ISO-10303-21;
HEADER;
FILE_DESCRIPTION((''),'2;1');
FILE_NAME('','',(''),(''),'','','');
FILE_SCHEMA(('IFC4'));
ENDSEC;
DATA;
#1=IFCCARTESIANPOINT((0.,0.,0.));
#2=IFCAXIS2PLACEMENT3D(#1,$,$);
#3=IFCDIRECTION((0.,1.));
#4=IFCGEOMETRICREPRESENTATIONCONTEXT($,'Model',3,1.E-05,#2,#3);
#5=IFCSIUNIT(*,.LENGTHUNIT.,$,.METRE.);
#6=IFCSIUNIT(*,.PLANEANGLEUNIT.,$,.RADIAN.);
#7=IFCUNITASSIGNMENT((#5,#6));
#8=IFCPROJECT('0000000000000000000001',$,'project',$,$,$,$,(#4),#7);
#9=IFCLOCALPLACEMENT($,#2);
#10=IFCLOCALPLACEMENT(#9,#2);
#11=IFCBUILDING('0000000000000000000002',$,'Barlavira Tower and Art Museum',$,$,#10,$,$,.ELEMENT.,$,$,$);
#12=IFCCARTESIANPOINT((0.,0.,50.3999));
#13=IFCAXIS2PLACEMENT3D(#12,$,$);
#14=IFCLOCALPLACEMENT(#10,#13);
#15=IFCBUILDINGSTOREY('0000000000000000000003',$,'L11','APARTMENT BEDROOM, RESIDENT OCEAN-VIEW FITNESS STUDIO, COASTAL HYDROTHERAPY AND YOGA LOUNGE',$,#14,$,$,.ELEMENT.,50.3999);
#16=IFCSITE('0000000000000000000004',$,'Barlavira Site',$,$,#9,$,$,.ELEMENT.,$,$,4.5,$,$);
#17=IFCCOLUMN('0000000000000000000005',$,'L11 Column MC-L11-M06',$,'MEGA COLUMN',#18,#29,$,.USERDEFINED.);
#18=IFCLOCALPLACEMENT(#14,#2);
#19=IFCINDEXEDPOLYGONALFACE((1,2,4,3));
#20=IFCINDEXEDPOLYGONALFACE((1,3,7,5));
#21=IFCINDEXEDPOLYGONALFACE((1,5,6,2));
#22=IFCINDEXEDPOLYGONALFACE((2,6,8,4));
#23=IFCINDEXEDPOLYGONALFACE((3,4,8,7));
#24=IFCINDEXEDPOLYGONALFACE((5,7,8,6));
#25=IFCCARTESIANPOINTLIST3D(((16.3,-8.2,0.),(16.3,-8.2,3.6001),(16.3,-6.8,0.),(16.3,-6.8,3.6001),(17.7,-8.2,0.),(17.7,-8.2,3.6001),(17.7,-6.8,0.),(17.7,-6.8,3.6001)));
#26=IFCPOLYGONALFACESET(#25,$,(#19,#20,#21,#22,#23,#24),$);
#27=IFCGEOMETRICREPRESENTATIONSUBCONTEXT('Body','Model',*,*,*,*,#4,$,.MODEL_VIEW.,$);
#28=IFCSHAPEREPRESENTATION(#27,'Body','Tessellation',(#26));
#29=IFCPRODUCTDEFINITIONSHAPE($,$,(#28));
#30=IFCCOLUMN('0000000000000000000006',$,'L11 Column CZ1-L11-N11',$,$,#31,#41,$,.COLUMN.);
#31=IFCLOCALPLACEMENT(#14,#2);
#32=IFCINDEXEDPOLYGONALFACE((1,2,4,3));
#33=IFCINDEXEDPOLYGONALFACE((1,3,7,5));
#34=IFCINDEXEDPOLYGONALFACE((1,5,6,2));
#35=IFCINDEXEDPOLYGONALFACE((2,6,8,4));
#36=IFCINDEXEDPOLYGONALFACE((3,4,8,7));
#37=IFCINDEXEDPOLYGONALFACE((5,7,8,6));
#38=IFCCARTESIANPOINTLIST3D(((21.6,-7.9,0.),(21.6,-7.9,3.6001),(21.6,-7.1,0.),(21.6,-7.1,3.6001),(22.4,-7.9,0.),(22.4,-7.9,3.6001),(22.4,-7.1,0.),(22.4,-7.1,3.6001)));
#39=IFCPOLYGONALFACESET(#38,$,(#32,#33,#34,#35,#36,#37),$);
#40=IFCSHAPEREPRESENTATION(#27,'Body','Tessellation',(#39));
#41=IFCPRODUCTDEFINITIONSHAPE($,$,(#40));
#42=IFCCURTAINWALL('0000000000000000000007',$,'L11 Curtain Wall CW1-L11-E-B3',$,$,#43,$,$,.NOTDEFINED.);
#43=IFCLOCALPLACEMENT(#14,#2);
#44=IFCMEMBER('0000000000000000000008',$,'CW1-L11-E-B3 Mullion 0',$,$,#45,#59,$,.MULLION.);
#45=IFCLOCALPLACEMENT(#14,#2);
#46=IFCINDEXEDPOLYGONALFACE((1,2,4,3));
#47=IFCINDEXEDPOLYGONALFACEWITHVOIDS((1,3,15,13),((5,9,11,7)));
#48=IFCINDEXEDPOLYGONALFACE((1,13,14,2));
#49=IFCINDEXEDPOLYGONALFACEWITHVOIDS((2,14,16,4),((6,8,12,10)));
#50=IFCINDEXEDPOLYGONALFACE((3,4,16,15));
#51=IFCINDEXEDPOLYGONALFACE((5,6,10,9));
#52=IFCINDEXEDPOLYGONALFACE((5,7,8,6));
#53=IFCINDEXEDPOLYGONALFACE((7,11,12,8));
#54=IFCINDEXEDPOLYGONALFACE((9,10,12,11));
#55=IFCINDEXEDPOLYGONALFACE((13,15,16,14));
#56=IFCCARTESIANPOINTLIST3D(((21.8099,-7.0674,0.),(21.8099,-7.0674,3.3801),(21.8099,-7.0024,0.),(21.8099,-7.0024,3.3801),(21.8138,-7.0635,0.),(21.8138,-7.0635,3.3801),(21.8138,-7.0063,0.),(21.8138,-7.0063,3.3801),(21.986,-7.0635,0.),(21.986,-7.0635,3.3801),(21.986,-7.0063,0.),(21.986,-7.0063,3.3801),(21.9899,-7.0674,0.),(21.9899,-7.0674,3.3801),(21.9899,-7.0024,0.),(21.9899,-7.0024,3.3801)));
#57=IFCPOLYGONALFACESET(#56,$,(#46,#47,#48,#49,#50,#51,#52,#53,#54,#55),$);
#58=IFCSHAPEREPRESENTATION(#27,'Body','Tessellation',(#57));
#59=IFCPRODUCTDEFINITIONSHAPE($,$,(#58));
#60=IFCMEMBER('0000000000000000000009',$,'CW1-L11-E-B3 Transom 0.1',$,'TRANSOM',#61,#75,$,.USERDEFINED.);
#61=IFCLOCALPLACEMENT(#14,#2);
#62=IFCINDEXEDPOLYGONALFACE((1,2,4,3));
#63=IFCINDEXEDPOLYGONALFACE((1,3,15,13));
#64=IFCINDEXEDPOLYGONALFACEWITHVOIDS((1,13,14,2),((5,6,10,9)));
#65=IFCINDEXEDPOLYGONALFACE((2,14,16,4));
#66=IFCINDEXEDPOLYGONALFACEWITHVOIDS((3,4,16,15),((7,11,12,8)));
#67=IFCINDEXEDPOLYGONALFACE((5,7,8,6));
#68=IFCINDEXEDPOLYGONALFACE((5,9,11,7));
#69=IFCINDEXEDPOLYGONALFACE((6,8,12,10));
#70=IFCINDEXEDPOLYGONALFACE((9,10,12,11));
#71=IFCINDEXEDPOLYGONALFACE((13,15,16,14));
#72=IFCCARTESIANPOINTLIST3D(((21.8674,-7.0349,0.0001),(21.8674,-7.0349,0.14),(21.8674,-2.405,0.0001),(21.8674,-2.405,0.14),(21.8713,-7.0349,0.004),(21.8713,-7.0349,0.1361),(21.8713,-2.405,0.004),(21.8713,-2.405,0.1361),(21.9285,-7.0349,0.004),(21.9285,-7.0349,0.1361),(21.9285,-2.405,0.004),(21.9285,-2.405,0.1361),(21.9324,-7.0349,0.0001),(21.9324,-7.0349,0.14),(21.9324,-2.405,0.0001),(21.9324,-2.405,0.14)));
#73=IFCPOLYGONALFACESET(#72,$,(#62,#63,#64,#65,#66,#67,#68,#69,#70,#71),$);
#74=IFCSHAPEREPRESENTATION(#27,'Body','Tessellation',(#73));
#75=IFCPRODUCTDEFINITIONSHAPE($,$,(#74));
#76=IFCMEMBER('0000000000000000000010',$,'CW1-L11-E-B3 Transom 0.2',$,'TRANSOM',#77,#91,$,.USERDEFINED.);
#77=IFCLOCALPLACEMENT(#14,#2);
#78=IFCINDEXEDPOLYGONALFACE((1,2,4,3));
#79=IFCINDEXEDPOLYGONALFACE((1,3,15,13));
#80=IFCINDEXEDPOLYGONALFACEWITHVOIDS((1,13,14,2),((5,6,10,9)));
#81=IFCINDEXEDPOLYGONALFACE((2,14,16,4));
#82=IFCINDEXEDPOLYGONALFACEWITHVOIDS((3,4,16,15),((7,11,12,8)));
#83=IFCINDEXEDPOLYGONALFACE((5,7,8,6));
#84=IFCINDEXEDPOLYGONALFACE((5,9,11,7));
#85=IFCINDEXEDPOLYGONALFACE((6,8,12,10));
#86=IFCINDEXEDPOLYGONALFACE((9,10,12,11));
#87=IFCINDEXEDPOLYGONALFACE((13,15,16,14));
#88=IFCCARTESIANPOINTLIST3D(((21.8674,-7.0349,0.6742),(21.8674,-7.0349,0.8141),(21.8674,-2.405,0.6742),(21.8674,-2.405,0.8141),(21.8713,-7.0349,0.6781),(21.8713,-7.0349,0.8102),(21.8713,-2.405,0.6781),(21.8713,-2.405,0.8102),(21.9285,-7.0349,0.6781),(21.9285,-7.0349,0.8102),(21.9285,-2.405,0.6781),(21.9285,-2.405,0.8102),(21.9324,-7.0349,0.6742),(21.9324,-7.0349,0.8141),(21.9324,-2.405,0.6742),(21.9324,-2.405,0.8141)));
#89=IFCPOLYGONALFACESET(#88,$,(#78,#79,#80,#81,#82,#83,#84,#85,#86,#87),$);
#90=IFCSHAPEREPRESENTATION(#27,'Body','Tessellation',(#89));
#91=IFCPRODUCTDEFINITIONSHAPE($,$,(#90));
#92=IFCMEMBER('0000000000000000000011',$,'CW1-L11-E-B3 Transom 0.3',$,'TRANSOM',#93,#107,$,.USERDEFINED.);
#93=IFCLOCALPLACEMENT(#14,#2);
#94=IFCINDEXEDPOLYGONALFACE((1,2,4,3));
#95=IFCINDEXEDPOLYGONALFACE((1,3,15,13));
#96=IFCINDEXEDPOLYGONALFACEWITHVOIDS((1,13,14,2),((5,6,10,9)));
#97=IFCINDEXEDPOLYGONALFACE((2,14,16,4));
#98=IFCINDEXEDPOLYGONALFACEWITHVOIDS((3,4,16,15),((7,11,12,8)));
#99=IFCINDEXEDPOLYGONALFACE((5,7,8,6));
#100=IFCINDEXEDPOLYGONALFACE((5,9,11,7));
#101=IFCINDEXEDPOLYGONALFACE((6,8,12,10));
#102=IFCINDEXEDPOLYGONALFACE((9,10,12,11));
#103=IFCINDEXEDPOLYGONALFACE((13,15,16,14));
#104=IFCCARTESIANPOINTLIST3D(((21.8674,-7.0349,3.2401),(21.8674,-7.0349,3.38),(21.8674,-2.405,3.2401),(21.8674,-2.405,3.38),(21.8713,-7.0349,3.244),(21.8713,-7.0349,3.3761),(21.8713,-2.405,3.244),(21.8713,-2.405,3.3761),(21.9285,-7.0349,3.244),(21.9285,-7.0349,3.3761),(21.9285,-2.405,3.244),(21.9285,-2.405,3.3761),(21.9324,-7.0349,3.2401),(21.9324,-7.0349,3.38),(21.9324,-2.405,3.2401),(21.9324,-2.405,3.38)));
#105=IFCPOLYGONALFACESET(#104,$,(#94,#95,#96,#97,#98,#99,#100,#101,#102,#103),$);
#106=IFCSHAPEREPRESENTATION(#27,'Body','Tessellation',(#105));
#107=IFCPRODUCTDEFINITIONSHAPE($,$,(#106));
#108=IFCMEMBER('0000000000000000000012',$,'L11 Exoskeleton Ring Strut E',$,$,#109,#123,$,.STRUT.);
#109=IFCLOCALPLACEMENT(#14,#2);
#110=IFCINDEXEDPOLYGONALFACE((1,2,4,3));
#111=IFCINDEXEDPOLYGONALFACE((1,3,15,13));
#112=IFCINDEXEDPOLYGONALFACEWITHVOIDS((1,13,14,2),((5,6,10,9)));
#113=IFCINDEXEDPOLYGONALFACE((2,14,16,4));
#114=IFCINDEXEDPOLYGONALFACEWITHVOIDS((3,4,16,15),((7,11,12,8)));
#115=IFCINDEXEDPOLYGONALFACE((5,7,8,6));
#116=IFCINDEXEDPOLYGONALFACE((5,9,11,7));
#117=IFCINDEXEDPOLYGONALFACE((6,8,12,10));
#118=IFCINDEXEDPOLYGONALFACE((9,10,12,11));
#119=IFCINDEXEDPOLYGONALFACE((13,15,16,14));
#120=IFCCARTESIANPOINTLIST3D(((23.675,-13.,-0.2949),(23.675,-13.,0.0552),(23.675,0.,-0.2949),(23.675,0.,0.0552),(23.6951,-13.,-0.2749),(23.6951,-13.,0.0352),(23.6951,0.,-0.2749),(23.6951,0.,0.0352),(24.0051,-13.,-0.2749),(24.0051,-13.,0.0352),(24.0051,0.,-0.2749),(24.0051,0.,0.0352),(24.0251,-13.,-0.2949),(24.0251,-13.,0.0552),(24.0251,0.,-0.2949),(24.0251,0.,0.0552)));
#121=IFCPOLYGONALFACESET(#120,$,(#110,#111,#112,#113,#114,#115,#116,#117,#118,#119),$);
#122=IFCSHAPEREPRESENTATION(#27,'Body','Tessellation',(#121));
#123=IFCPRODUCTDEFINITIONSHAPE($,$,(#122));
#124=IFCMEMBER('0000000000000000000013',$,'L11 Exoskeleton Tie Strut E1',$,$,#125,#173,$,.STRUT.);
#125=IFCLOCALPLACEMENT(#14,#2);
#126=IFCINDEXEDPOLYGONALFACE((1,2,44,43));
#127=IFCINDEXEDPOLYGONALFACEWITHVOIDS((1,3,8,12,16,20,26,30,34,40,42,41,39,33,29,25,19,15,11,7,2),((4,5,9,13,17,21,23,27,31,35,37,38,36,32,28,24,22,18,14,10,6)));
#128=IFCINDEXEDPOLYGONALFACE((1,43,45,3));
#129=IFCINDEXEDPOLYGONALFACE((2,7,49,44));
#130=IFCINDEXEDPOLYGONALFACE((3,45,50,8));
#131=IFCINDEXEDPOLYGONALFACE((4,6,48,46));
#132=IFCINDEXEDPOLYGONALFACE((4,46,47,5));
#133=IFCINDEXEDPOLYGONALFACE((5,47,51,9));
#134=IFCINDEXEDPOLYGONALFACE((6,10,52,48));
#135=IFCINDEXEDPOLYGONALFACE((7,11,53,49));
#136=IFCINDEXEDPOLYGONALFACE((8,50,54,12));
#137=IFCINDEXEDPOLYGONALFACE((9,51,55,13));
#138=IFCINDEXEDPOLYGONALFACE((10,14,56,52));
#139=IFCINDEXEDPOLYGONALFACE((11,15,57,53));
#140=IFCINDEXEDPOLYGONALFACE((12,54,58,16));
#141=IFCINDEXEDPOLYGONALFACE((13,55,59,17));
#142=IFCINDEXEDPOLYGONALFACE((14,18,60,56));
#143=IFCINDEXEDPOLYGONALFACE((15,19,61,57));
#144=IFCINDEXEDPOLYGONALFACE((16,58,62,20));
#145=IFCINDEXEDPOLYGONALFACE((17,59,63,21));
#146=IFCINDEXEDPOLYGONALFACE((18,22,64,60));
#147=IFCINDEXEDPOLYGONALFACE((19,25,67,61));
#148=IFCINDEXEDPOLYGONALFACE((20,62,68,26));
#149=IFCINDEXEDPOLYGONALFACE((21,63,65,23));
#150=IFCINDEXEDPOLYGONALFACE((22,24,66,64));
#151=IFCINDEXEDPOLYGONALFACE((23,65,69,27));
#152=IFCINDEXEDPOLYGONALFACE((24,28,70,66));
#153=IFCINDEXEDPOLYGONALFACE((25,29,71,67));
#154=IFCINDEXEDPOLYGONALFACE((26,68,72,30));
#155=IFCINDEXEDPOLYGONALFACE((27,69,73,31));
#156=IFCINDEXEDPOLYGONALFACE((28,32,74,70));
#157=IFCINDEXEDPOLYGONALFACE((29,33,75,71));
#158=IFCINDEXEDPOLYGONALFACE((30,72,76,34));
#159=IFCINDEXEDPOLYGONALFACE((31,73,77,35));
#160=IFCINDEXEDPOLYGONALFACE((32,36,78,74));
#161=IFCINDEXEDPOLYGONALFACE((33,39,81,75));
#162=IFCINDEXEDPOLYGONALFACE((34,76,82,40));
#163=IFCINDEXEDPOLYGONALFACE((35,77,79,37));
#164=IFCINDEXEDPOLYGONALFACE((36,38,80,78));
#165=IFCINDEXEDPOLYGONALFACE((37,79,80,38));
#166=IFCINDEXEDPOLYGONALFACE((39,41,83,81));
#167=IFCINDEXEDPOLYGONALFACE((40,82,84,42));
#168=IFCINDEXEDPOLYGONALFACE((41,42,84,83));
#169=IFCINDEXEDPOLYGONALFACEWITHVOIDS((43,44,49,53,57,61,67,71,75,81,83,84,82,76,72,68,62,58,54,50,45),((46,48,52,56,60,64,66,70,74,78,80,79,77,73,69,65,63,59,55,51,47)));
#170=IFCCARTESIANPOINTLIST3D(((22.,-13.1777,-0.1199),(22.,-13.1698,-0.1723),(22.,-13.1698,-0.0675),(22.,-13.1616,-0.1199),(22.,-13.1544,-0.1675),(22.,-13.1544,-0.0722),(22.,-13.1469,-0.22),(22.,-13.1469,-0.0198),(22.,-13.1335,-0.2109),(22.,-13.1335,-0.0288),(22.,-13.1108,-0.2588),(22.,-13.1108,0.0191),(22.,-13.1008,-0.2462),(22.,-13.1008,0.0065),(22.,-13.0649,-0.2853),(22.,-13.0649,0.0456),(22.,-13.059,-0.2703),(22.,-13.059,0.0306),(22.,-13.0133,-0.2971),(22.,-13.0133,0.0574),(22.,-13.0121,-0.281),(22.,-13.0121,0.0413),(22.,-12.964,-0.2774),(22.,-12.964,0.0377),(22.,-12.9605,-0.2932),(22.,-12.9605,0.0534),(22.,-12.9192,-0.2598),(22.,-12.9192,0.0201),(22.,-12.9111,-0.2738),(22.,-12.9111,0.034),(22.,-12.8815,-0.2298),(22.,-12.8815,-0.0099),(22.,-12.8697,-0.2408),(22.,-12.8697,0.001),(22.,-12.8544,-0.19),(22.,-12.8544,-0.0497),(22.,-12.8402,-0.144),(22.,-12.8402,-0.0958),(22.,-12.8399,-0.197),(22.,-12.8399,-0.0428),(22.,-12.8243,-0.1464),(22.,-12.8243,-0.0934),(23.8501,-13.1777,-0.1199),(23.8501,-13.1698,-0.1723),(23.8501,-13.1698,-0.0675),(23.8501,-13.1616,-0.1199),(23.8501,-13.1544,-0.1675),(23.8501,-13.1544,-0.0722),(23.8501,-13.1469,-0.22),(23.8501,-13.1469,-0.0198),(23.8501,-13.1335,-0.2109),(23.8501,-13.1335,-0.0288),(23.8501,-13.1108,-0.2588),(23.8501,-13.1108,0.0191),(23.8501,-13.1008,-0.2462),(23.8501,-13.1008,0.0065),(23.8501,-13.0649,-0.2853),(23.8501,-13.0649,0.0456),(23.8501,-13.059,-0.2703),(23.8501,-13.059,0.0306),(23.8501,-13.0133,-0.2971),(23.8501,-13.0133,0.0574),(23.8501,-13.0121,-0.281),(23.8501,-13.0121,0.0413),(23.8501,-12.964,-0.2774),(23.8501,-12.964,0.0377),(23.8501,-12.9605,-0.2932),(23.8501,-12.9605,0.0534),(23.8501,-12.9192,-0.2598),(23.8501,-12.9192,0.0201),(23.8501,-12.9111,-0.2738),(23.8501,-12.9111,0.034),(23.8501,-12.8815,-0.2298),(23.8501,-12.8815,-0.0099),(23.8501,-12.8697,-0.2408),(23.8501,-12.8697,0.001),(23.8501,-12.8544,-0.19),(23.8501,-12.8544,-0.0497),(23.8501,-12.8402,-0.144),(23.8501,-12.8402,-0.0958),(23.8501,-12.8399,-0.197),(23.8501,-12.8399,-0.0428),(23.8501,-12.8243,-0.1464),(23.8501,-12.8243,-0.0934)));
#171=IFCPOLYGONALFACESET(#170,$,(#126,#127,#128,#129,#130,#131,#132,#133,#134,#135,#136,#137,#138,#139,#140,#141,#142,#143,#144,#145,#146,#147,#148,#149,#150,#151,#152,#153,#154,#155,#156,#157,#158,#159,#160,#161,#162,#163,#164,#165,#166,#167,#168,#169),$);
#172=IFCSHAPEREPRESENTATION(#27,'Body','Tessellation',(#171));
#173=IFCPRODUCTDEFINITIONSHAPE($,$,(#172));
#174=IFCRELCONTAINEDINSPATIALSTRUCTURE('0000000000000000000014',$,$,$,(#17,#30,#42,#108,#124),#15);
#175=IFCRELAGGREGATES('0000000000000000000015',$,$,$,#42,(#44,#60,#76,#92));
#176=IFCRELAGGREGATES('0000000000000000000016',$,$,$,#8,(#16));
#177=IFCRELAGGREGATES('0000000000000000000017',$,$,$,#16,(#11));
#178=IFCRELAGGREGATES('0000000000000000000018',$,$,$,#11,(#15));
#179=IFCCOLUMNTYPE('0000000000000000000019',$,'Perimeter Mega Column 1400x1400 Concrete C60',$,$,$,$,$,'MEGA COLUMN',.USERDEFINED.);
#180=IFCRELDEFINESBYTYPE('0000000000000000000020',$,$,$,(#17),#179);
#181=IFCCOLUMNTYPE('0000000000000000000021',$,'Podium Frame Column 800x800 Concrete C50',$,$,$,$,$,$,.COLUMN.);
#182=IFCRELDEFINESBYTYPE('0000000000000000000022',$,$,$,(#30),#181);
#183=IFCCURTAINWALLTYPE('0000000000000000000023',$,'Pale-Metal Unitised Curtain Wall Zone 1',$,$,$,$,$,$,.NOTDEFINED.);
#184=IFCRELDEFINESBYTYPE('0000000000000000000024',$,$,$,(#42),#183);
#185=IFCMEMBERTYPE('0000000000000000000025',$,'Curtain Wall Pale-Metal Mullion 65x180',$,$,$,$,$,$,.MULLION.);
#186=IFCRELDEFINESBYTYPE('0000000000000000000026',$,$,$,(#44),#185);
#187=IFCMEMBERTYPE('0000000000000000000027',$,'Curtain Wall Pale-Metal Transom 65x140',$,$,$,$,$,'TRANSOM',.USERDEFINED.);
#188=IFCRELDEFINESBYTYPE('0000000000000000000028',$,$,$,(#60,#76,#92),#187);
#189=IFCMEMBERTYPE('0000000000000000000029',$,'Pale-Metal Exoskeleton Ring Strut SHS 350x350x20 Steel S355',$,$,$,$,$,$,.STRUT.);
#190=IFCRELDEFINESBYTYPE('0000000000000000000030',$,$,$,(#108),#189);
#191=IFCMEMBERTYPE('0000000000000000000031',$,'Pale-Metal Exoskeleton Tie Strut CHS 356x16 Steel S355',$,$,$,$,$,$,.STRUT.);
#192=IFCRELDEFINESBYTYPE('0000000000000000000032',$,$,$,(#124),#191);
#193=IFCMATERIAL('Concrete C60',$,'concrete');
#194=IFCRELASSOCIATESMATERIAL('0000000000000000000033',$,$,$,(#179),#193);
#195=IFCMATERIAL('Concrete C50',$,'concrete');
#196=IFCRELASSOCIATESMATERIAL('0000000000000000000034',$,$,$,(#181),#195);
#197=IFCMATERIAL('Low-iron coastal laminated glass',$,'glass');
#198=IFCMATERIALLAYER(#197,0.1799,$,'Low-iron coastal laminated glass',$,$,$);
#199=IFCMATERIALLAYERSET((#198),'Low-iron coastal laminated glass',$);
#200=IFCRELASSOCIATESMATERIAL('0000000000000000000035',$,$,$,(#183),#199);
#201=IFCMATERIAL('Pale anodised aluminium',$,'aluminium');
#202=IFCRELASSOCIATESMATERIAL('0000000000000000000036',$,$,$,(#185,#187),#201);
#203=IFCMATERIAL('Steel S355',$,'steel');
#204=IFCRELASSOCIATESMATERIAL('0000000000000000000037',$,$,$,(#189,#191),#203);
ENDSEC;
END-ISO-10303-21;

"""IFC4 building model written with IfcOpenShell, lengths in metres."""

from ifc_helpers import new_model, si_unit, direction, frame, origin, origin_2d, place, context, subcontext, project, spatial, rectangle, hollow_rectangle, hollow_circle, extrude, material, layer, layer_set, material_profile, profile_set, type_object, element, aggregate, save


model = new_model("IFC4")

# Units and contexts
model_context = context("Model", 3, precision=1e-05, world=origin(), true_north=direction((0.0, 1.0)))
body_context = subcontext(model_context, "Body", "Model", "MODEL_VIEW")
ifc_project = project(units=[si_unit("LENGTHUNIT", "METRE"), si_unit("PLANEANGLEUNIT", "RADIAN")], contexts=[model_context])

# Site, building, storey
site_placement = place(None, origin())
site = spatial("IfcSite", under=ifc_project, at=site_placement, Name="Barlavira Site", CompositionType="ELEMENT", RefElevation=4.5)
building_placement = place(site_placement, origin())
building = spatial("IfcBuilding", under=site, at=building_placement, Name="Barlavira Tower and Art Museum", CompositionType="ELEMENT")
storey_placement = place(building_placement, frame((0.0, 0.0, 50.3999)))
storey = spatial("IfcBuildingStorey", under=building, at=storey_placement, Name="L11", Description="APARTMENT BEDROOM, RESIDENT OCEAN-VIEW FITNESS STUDIO, COASTAL HYDROTHERAPY AND YOGA LOUNGE", CompositionType="ELEMENT", Elevation=50.3999)

# Columns
ifc_material_1 = material(Name="Concrete C60", Category="concrete")
ifc_material_profile_1 = material_profile(ifc_material_1, rectangle(XDim=1.3999, YDim=1.3999, at=origin_2d()), Name="RC-MCOL 1400x1400")
ifc_profile_set_1 = profile_set([ifc_material_profile_1], Name="Concrete C60")
column_type_1 = type_object("IfcColumnType", Name="Perimeter Mega Column 1400x1400 Concrete C60", ElementType="MEGA COLUMN", PredefinedType="USERDEFINED", material=ifc_profile_set_1)
column_1_placement = place(storey_placement, frame((17.0, -7.5, 0.0), z_axis=(0.0, 0.0, 1.0), x_axis=(1.0, 0.0, 0.0)))
element("IfcColumn", 1, at=column_1_placement, inside=storey, type_object=column_type_1, Name="L11 Column MC-L11-M06", ObjectType="MEGA COLUMN", PredefinedType="USERDEFINED", context=body_context, shape_type="SweptSolid", body=[
    extrude(rectangle(XDim=1.3999, YDim=1.3999, at=origin_2d()), origin(), (0.0, 0.0, 1.0), 3.6001),
])
ifc_material_2 = material(Name="Concrete C50", Category="concrete")
ifc_material_profile_2 = material_profile(ifc_material_2, rectangle(XDim=0.8, YDim=0.8, at=origin_2d()), Name="RC-COL 800x800")
ifc_profile_set_2 = profile_set([ifc_material_profile_2], Name="Concrete C50")
column_type_2 = type_object("IfcColumnType", Name="Podium Frame Column 800x800 Concrete C50", PredefinedType="COLUMN", material=ifc_profile_set_2)
column_2_placement = place(storey_placement, frame((22.0, -7.5, 0.0), z_axis=(0.0, 0.0, 1.0), x_axis=(1.0, 0.0, 0.0)))
element("IfcColumn", 2, at=column_2_placement, inside=storey, type_object=column_type_2, Name="L11 Column CZ1-L11-N11", PredefinedType="COLUMN", context=body_context, shape_type="SweptSolid", body=[
    extrude(rectangle(XDim=0.8, YDim=0.8, at=origin_2d()), origin(), (0.0, 0.0, 1.0), 3.6001),
])

# Curtain wall, members
ifc_material_3 = material(Name="Low-iron coastal laminated glass", Category="glass")
ifc_layer_1 = layer(ifc_material_3, 0.1799, Name="Low-iron coastal laminated glass")
ifc_layer_set_1 = layer_set([ifc_layer_1], Name="Low-iron coastal laminated glass")
curtain_wall_type = type_object("IfcCurtainWallType", Name="Pale-Metal Unitised Curtain Wall Zone 1", PredefinedType="NOTDEFINED", material=ifc_layer_set_1)
curtain_wall_placement = place(storey_placement, origin())
curtain_wall = element("IfcCurtainWall", 3, at=curtain_wall_placement, inside=storey, type_object=curtain_wall_type, Name="L11 Curtain Wall CW1-L11-E-B3", PredefinedType="NOTDEFINED")
ifc_material_4 = material(Name="Pale anodised aluminium", Category="aluminium")
ifc_material_profile_3 = material_profile(ifc_material_4, hollow_rectangle(XDim=0.0649, YDim=0.1799, WallThickness=0.0039, at=origin_2d()), Name="ALU-MULL 65x180x4")
ifc_profile_set_3 = profile_set([ifc_material_profile_3], Name="Pale anodised aluminium")
member_type_1 = type_object("IfcMemberType", Name="Curtain Wall Pale-Metal Mullion 65x180", PredefinedType="MULLION", material=ifc_profile_set_3)
member_1_placement = place(storey_placement, frame((21.8999, -7.0349, 0.0), z_axis=(0.0, 0.0, 1.0), x_axis=(0.0, 1.0, 0.0)))
member_1 = element("IfcMember", 4, at=member_1_placement, type_object=member_type_1, Name="CW1-L11-E-B3 Mullion 0", PredefinedType="MULLION", context=body_context, shape_type="SweptSolid", body=[
    extrude(hollow_rectangle(XDim=0.0649, YDim=0.1799, WallThickness=0.0039, at=origin_2d()), origin(), (0.0, 0.0, 1.0), 3.3801),
])
ifc_material_profile_4 = material_profile(ifc_material_4, hollow_rectangle(XDim=0.0649, YDim=0.1399, WallThickness=0.0039, at=origin_2d()), Name="ALU-TRAN 65x140x4")
ifc_profile_set_4 = profile_set([ifc_material_profile_4], Name="Pale anodised aluminium")
member_type_2 = type_object("IfcMemberType", Name="Curtain Wall Pale-Metal Transom 65x140", ElementType="TRANSOM", PredefinedType="USERDEFINED", material=ifc_profile_set_4)
member_2_placement = place(storey_placement, frame((21.8999, -7.0349, 0.0701), z_axis=(0.0, 1.0, 0.0), x_axis=(-1.0, 0.0, 0.0)))
member_2 = element("IfcMember", 5, at=member_2_placement, type_object=member_type_2, Name="CW1-L11-E-B3 Transom 0.1", ObjectType="TRANSOM", PredefinedType="USERDEFINED", context=body_context, shape_type="SweptSolid", body=[
    extrude(hollow_rectangle(XDim=0.0649, YDim=0.1399, WallThickness=0.0039, at=origin_2d()), origin(), (0.0, 0.0, 1.0), 4.6299),
])
member_3_placement = place(storey_placement, frame((21.8999, -7.0349, 0.7441), z_axis=(0.0, 1.0, 0.0), x_axis=(-1.0, 0.0, 0.0)))
member_3 = element("IfcMember", 6, at=member_3_placement, type_object=member_type_2, Name="CW1-L11-E-B3 Transom 0.2", ObjectType="TRANSOM", PredefinedType="USERDEFINED", context=body_context, shape_type="SweptSolid", body=[
    extrude(hollow_rectangle(XDim=0.0649, YDim=0.1399, WallThickness=0.0039, at=origin_2d()), origin(), (0.0, 0.0, 1.0), 4.6299),
])
member_4_placement = place(storey_placement, frame((21.8999, -7.0349, 3.3101), z_axis=(0.0, 1.0, 0.0), x_axis=(-1.0, 0.0, 0.0)))
member_4 = element("IfcMember", 7, at=member_4_placement, type_object=member_type_2, Name="CW1-L11-E-B3 Transom 0.3", ObjectType="TRANSOM", PredefinedType="USERDEFINED", context=body_context, shape_type="SweptSolid", body=[
    extrude(hollow_rectangle(XDim=0.0649, YDim=0.1399, WallThickness=0.0039, at=origin_2d()), origin(), (0.0, 0.0, 1.0), 4.6299),
])

# Members
ifc_material_5 = material(Name="Steel S355", Category="steel")
ifc_material_profile_5 = material_profile(ifc_material_5, hollow_rectangle(XDim=0.3501, YDim=0.3501, WallThickness=0.02, at=origin_2d()), Name="SHS 350x350x20.0")
ifc_profile_set_5 = profile_set([ifc_material_profile_5], Name="Steel S355")
member_type_3 = type_object("IfcMemberType", Name="Pale-Metal Exoskeleton Ring Strut SHS 350x350x20 Steel S355", PredefinedType="STRUT", material=ifc_profile_set_5)
member_5_placement = place(storey_placement, frame((23.8501, -13.0, -0.1199), z_axis=(0.0, 1.0, 0.0), x_axis=(-1.0, 0.0, 0.0)))
element("IfcMember", 8, at=member_5_placement, inside=storey, type_object=member_type_3, Name="L11 Exoskeleton Ring Strut E", PredefinedType="STRUT", context=body_context, shape_type="SweptSolid", body=[
    extrude(hollow_rectangle(XDim=0.3501, YDim=0.3501, WallThickness=0.02, at=origin_2d()), origin(), (0.0, 0.0, 1.0), 13.0),
])
ifc_material_profile_6 = material_profile(ifc_material_5, hollow_circle(Radius=0.1777, WallThickness=0.0161, at=origin_2d()), Name="CHS 355.6x16.0")
ifc_profile_set_6 = profile_set([ifc_material_profile_6], Name="Steel S355")
member_type_4 = type_object("IfcMemberType", Name="Pale-Metal Exoskeleton Tie Strut CHS 356x16 Steel S355", PredefinedType="STRUT", material=ifc_profile_set_6)
member_6_placement = place(storey_placement, frame((23.8501, -13.0, -0.1199), z_axis=(-1.0, 0.0, 0.0), x_axis=(0.0, -1.0, 0.0)))
element("IfcMember", 9, at=member_6_placement, inside=storey, type_object=member_type_4, Name="L11 Exoskeleton Tie Strut E1", PredefinedType="STRUT", context=body_context, shape_type="SweptSolid", body=[
    extrude(hollow_circle(Radius=0.1777, WallThickness=0.0161, at=origin_2d()), origin(), (0.0, 0.0, 1.0), 1.8501),
])

aggregate(curtain_wall, [member_1, member_2, member_3, member_4])

save(model, "model.ifc")
